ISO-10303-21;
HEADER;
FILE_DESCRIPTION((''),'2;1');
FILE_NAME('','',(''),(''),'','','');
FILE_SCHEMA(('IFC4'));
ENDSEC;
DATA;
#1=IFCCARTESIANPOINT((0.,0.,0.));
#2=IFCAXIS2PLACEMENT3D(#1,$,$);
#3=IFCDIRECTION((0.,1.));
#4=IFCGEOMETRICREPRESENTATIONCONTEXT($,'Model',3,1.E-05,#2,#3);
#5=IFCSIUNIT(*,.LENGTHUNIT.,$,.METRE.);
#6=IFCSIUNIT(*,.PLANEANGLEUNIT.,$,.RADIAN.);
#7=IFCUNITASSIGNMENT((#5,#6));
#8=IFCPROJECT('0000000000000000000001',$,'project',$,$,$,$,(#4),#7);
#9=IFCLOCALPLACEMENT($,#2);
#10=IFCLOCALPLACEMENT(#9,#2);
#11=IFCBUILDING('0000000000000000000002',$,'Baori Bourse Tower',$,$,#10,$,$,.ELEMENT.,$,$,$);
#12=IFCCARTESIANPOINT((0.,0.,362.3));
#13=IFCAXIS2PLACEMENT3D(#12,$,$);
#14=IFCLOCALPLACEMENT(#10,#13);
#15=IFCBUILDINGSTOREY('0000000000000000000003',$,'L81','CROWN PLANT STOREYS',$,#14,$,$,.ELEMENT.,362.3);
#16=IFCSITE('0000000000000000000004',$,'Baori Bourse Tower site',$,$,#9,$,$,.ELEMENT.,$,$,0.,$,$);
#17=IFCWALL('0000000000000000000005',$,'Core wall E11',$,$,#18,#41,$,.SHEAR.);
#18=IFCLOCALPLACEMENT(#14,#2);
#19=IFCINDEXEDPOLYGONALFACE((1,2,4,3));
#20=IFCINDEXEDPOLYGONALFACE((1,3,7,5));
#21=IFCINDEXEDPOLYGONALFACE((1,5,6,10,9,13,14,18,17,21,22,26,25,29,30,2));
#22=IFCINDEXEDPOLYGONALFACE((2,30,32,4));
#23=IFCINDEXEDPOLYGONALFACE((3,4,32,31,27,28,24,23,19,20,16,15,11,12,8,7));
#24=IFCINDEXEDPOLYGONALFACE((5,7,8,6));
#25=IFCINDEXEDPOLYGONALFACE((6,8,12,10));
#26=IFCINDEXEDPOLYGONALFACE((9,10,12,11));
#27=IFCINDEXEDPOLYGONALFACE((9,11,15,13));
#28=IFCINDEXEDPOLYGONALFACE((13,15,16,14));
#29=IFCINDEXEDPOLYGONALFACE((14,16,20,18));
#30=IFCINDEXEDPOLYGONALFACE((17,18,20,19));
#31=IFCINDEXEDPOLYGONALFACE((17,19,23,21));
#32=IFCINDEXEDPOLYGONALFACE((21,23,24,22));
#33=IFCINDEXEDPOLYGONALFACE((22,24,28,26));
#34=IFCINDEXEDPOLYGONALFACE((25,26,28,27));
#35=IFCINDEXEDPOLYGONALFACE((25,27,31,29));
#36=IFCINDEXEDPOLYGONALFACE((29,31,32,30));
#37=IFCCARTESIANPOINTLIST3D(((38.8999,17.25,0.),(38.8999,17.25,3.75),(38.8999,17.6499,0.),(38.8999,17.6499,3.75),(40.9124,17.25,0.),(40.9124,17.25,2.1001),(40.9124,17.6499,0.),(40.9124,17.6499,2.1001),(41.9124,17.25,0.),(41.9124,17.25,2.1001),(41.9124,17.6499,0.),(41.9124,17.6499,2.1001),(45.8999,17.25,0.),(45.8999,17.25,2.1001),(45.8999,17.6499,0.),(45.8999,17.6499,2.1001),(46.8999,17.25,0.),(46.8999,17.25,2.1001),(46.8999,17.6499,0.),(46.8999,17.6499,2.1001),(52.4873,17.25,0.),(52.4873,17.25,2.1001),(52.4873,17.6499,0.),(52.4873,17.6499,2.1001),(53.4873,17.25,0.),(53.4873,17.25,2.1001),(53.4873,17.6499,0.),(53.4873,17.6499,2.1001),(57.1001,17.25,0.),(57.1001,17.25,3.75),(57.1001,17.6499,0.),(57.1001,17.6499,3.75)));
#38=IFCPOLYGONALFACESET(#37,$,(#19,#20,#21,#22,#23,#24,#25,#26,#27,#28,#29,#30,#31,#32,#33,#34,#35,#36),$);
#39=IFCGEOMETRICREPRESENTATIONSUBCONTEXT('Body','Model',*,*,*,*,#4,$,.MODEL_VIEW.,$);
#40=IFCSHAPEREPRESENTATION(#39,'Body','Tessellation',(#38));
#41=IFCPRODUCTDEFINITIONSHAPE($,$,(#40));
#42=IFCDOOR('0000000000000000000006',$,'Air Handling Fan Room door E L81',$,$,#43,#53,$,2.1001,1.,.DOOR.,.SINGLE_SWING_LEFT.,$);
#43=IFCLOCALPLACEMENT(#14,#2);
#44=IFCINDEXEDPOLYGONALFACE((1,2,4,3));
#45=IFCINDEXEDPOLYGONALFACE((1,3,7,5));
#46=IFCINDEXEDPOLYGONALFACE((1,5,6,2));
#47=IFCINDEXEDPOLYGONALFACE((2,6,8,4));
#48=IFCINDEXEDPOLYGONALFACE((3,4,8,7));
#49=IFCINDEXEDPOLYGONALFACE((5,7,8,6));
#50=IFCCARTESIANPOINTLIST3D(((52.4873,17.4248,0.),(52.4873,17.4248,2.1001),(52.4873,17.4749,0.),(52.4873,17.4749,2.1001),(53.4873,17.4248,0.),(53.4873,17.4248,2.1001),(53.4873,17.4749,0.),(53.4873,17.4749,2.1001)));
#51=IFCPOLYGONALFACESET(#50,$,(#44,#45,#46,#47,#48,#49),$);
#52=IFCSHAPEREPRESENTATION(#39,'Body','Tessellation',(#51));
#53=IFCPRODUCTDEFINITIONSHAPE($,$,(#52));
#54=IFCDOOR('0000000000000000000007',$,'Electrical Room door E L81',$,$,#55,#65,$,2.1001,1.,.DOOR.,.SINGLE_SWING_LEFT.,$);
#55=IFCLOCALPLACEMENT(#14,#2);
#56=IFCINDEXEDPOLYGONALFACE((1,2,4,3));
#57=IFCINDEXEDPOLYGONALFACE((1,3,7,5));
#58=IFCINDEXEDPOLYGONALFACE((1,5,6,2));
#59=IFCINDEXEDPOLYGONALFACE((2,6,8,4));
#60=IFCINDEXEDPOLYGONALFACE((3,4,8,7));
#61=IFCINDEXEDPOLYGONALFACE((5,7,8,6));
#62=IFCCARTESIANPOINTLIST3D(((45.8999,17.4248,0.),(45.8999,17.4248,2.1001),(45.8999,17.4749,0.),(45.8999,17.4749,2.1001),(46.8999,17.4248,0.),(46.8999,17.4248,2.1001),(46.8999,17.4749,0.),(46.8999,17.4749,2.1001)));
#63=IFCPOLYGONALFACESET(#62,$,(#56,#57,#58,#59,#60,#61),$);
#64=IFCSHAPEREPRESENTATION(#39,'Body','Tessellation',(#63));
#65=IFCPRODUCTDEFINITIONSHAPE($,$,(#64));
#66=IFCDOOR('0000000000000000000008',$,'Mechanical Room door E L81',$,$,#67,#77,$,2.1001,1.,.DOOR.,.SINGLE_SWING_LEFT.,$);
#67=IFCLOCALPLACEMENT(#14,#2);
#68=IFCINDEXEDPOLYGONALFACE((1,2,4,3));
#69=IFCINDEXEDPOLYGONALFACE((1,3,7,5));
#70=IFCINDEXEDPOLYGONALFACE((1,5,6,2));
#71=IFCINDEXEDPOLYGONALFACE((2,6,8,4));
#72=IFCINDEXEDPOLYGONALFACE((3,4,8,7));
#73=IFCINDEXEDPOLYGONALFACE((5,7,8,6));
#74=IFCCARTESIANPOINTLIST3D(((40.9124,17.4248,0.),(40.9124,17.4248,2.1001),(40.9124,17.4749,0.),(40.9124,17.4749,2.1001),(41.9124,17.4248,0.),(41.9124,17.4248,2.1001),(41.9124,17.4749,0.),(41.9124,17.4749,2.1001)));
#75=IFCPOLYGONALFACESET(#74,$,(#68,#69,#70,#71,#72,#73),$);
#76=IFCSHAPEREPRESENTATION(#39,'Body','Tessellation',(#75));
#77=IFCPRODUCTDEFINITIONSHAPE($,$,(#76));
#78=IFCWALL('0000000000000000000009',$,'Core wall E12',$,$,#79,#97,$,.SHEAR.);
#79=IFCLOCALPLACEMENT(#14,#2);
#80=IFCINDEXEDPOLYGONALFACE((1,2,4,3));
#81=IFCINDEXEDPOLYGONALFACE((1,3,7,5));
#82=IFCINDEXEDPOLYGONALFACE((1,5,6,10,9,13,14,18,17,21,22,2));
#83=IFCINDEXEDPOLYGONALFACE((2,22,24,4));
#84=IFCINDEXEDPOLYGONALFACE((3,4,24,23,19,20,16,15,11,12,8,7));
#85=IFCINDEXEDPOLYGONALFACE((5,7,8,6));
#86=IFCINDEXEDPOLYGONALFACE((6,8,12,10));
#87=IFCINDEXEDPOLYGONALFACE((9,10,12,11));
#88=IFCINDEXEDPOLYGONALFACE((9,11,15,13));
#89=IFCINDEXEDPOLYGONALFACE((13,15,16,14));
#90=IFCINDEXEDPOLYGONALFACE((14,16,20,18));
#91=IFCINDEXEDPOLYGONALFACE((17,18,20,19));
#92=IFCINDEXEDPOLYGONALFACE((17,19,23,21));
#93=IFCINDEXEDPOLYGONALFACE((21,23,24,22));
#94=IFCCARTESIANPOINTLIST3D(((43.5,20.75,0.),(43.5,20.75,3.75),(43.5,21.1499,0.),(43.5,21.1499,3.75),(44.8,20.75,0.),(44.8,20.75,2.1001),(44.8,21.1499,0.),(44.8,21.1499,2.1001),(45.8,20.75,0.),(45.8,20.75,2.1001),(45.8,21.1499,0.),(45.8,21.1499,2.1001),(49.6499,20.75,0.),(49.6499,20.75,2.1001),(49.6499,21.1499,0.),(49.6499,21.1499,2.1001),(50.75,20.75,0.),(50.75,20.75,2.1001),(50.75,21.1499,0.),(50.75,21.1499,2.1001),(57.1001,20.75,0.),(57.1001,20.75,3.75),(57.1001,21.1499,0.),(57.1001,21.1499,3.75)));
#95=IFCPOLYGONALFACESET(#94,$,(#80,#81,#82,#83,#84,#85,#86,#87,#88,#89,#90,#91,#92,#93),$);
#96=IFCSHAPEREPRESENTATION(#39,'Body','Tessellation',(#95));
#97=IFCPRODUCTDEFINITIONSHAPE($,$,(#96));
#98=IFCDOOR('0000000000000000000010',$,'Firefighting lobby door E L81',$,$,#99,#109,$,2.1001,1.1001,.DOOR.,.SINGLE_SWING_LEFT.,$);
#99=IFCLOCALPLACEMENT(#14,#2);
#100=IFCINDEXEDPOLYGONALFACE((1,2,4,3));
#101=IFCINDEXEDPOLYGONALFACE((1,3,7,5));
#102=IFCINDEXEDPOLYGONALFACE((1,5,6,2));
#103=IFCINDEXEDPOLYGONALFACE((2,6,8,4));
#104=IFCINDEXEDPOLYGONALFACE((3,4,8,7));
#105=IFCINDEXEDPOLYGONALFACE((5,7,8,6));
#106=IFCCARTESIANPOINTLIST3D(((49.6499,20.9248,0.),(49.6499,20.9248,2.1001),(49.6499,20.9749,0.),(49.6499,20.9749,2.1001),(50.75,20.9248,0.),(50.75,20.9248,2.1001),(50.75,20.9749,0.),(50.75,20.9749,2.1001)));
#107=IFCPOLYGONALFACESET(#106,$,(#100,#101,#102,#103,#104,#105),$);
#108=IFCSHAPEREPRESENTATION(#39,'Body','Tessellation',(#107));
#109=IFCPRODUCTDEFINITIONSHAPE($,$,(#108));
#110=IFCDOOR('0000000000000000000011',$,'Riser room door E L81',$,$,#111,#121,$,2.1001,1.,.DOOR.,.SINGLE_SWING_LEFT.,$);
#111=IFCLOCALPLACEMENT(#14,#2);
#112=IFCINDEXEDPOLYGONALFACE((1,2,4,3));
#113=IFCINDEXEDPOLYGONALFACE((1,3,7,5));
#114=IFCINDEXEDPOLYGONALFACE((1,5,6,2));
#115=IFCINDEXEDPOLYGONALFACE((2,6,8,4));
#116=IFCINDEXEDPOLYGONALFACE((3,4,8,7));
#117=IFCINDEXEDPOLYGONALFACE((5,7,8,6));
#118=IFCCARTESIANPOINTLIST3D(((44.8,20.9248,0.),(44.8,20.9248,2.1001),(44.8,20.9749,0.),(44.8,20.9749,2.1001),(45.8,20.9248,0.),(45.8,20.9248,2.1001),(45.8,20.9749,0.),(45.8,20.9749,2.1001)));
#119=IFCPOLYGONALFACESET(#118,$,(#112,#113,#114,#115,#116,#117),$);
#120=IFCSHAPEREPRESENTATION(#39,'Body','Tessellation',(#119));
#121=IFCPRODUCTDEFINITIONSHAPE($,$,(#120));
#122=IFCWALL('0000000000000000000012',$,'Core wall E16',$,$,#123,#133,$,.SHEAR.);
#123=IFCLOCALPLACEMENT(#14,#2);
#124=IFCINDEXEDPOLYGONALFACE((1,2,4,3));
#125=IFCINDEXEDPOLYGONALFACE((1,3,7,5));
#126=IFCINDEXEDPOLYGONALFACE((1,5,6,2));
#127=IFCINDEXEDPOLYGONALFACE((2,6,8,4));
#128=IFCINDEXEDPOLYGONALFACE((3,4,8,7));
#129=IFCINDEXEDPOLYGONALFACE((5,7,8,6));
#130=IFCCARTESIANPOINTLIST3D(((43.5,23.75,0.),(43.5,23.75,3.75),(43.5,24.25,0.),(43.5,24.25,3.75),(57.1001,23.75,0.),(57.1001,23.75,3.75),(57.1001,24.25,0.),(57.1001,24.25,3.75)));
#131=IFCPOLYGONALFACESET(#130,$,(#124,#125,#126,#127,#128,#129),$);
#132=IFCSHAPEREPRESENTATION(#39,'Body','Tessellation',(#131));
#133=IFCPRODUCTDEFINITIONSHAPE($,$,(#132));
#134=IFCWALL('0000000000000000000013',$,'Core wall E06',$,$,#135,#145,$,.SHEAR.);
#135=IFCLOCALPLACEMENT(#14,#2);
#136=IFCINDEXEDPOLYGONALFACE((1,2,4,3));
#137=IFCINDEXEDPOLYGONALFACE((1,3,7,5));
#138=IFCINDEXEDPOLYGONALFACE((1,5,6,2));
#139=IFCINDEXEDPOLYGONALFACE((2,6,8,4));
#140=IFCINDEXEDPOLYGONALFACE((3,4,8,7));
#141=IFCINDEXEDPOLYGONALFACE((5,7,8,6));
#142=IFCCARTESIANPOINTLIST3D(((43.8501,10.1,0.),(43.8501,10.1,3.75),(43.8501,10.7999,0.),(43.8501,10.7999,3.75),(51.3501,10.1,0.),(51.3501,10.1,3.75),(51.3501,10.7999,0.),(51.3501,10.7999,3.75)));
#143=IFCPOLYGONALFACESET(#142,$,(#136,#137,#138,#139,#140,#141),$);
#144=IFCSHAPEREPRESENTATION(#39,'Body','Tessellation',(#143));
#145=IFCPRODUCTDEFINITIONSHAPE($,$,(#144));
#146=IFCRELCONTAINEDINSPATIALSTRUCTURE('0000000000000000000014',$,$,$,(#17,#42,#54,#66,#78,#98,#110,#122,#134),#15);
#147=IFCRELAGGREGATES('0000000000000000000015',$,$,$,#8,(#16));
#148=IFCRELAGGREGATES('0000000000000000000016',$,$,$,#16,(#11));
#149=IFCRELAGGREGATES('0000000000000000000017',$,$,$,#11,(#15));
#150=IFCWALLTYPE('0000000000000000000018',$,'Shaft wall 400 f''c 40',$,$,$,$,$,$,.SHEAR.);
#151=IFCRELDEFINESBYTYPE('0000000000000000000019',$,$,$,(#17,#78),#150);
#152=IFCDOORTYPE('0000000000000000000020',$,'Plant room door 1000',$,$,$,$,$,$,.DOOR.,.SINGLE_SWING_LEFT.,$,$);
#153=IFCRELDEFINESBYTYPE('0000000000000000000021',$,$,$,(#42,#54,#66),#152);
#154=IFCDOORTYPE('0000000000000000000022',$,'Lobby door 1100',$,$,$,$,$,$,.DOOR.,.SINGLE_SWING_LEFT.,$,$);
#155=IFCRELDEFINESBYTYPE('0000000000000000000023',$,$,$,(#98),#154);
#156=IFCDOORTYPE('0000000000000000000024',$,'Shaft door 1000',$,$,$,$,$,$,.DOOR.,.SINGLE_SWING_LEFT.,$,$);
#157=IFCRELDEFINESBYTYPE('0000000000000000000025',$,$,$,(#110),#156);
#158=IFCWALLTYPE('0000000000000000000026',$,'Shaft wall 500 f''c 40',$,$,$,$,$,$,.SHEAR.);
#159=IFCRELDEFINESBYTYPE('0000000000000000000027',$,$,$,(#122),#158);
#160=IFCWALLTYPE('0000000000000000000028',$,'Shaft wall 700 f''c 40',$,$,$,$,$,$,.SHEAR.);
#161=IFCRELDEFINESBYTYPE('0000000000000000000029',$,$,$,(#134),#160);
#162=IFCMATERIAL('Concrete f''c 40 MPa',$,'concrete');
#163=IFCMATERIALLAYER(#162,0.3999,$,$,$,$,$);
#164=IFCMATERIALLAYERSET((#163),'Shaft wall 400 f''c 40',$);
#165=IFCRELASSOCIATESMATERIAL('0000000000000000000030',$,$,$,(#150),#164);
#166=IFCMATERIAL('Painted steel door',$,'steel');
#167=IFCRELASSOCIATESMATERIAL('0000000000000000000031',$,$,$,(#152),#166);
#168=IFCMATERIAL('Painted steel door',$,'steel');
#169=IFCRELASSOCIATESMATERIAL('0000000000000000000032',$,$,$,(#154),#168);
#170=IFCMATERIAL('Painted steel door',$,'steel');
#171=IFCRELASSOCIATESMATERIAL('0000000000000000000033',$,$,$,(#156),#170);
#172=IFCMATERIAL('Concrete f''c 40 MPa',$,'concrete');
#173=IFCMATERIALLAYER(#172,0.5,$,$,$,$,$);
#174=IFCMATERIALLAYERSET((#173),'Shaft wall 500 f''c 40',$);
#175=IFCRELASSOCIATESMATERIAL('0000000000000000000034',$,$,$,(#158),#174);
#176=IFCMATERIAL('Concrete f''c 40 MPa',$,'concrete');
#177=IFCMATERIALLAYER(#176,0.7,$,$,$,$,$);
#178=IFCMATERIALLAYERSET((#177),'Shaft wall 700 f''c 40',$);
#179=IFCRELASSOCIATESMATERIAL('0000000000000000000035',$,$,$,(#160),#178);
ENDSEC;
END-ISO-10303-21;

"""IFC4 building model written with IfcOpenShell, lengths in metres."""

from ifc_helpers import new_model, si_unit, direction, frame, frame_2d, origin, place, context, subcontext, project, spatial, rectangle, extrude, material, layer, layer_set, type_object, element, fill, save


model = new_model("IFC4")

# Units and contexts
model_context = context("Model", 3, precision=1e-05, world=origin(), true_north=direction((0.0, 1.0)))
body_context = subcontext(model_context, "Body", "Model", "MODEL_VIEW")
ifc_project = project(units=[si_unit("LENGTHUNIT", "METRE"), si_unit("PLANEANGLEUNIT", "RADIAN")], contexts=[model_context])

# Site, building, storey
site_placement = place(None, origin())
site = spatial("IfcSite", under=ifc_project, at=site_placement, Name="Baori Bourse Tower site", CompositionType="ELEMENT", RefElevation=0.0)
building_placement = place(site_placement, origin())
building = spatial("IfcBuilding", under=site, at=building_placement, Name="Baori Bourse Tower", CompositionType="ELEMENT")
storey_placement = place(building_placement, frame((0.0, 0.0, 362.3)))
storey = spatial("IfcBuildingStorey", under=building, at=storey_placement, Name="L81", Description="CROWN PLANT STOREYS", CompositionType="ELEMENT", Elevation=362.3)

# Walls, openings, doors
ifc_material_1 = material(Name="Concrete f'c 40 MPa", Category="concrete")
ifc_layer_1 = layer(ifc_material_1, 0.3999)
ifc_layer_set_1 = layer_set([ifc_layer_1], Name="Shaft wall 400 f'c 40")
wall_type_1 = type_object("IfcWallType", Name="Shaft wall 400 f'c 40", PredefinedType="SHEAR", material=ifc_layer_set_1)
wall_1_placement = place(storey_placement, frame((38.8999, 17.45, 0.0), z_axis=(0.0, 0.0, 1.0), x_axis=(1.0, 0.0, 0.0)))
wall_1 = element("IfcWall", 1, at=wall_1_placement, inside=storey, type_object=wall_type_1, Name="Core wall E11", PredefinedType="SHEAR", context=body_context, shape_type="SweptSolid", body=[
    extrude(rectangle(XDim=18.2002, YDim=0.3999, at=frame_2d((9.1001, 0.0))), origin(), (0.0, 0.0, 1.0), 3.75),
])
opening_1_placement = place(wall_1_placement, frame((13.5874, 0.0, 0.0)))
opening_1 = element("IfcOpeningElement", 2, at=opening_1_placement, cuts=wall_1, PredefinedType="OPENING", context=body_context, shape_type="SweptSolid", body=[
    extrude(rectangle(XDim=1.0, YDim=2.1001, at=frame_2d((0.5, 1.05))), frame((0.0, 0.21, 0.0), z_axis=(0.0, -1.0, 0.0), x_axis=(1.0, 0.0, 0.0)), (0.0, 0.0, 1.0), 0.4199),
])
opening_2_placement = place(wall_1_placement, frame((7.0, 0.0, 0.0)))
opening_2 = element("IfcOpeningElement", 3, at=opening_2_placement, cuts=wall_1, PredefinedType="OPENING", context=body_context, shape_type="SweptSolid", body=[
    extrude(rectangle(XDim=1.0, YDim=2.1001, at=frame_2d((0.5, 1.05))), frame((0.0, 0.21, 0.0), z_axis=(0.0, -1.0, 0.0), x_axis=(1.0, 0.0, 0.0)), (0.0, 0.0, 1.0), 0.4199),
])
opening_3_placement = place(wall_1_placement, frame((2.0125, 0.0, 0.0)))
opening_3 = element("IfcOpeningElement", 4, at=opening_3_placement, cuts=wall_1, PredefinedType="OPENING", context=body_context, shape_type="SweptSolid", body=[
    extrude(rectangle(XDim=1.0, YDim=2.1001, at=frame_2d((0.5, 1.05))), frame((0.0, 0.21, 0.0), z_axis=(0.0, -1.0, 0.0), x_axis=(1.0, 0.0, 0.0)), (0.0, 0.0, 1.0), 0.4199),
])
ifc_material_2 = material(Name="Painted steel door", Category="steel")
door_type_1 = type_object("IfcDoorType", Name="Plant room door 1000", OperationType="SINGLE_SWING_LEFT", PredefinedType="DOOR", material=ifc_material_2)
door_1_placement = place(opening_1_placement, origin())
door_1 = element("IfcDoor", 5, at=door_1_placement, inside=storey, type_object=door_type_1, Name="Air Handling Fan Room door E L81", OperationType="SINGLE_SWING_LEFT", OverallHeight=2.1001, OverallWidth=1.0, PredefinedType="DOOR", context=body_context, shape_type="SweptSolid", body=[
    extrude(rectangle(XDim=1.0, YDim=2.1001, at=frame_2d((0.5, 1.05))), frame((0.0, 0.0249, 0.0), z_axis=(0.0, -1.0, 0.0), x_axis=(1.0, 0.0, 0.0)), (0.0, 0.0, 1.0), 0.05),
])
fill(opening_1, door_1)
door_2_placement = place(opening_2_placement, origin())
door_2 = element("IfcDoor", 6, at=door_2_placement, inside=storey, type_object=door_type_1, Name="Electrical Room door E L81", OperationType="SINGLE_SWING_LEFT", OverallHeight=2.1001, OverallWidth=1.0, PredefinedType="DOOR", context=body_context, shape_type="SweptSolid", body=[
    extrude(rectangle(XDim=1.0, YDim=2.1001, at=frame_2d((0.5, 1.05))), frame((0.0, 0.0249, 0.0), z_axis=(0.0, -1.0, 0.0), x_axis=(1.0, 0.0, 0.0)), (0.0, 0.0, 1.0), 0.05),
])
fill(opening_2, door_2)
door_3_placement = place(opening_3_placement, origin())
door_3 = element("IfcDoor", 7, at=door_3_placement, inside=storey, type_object=door_type_1, Name="Mechanical Room door E L81", OperationType="SINGLE_SWING_LEFT", OverallHeight=2.1001, OverallWidth=1.0, PredefinedType="DOOR", context=body_context, shape_type="SweptSolid", body=[
    extrude(rectangle(XDim=1.0, YDim=2.1001, at=frame_2d((0.5, 1.05))), frame((0.0, 0.0249, 0.0), z_axis=(0.0, -1.0, 0.0), x_axis=(1.0, 0.0, 0.0)), (0.0, 0.0, 1.0), 0.05),
])
fill(opening_3, door_3)
wall_2_placement = place(storey_placement, frame((43.5, 20.95, 0.0), z_axis=(0.0, 0.0, 1.0), x_axis=(1.0, 0.0, 0.0)))
wall_2 = element("IfcWall", 8, at=wall_2_placement, inside=storey, type_object=wall_type_1, Name="Core wall E12", PredefinedType="SHEAR", context=body_context, shape_type="SweptSolid", body=[
    extrude(rectangle(XDim=13.6001, YDim=0.3999, at=frame_2d((6.8, 0.0))), origin(), (0.0, 0.0, 1.0), 3.75),
])
opening_4_placement = place(wall_2_placement, frame((6.1499, 0.0, 0.0)))
opening_4 = element("IfcOpeningElement", 9, at=opening_4_placement, cuts=wall_2, PredefinedType="OPENING", context=body_context, shape_type="SweptSolid", body=[
    extrude(rectangle(XDim=1.1001, YDim=2.1001, at=frame_2d((0.55, 1.05))), frame((0.0, 0.21, 0.0), z_axis=(0.0, -1.0, 0.0), x_axis=(1.0, 0.0, 0.0)), (0.0, 0.0, 1.0), 0.4199),
])
opening_5_placement = place(wall_2_placement, frame((1.3, 0.0, 0.0)))
opening_5 = element("IfcOpeningElement", 10, at=opening_5_placement, cuts=wall_2, PredefinedType="OPENING", context=body_context, shape_type="SweptSolid", body=[
    extrude(rectangle(XDim=1.0, YDim=2.1001, at=frame_2d((0.5, 1.05))), frame((0.0, 0.21, 0.0), z_axis=(0.0, -1.0, 0.0), x_axis=(1.0, 0.0, 0.0)), (0.0, 0.0, 1.0), 0.4199),
])
ifc_material_3 = material(Name="Painted steel door", Category="steel")
door_type_2 = type_object("IfcDoorType", Name="Lobby door 1100", OperationType="SINGLE_SWING_LEFT", PredefinedType="DOOR", material=ifc_material_3)
door_4_placement = place(opening_4_placement, origin())
door_4 = element("IfcDoor", 11, at=door_4_placement, inside=storey, type_object=door_type_2, Name="Firefighting lobby door E L81", OperationType="SINGLE_SWING_LEFT", OverallHeight=2.1001, OverallWidth=1.1001, PredefinedType="DOOR", context=body_context, shape_type="SweptSolid", body=[
    extrude(rectangle(XDim=1.1001, YDim=2.1001, at=frame_2d((0.55, 1.05))), frame((0.0, 0.0249, 0.0), z_axis=(0.0, -1.0, 0.0), x_axis=(1.0, 0.0, 0.0)), (0.0, 0.0, 1.0), 0.05),
])
fill(opening_4, door_4)
ifc_material_4 = material(Name="Painted steel door", Category="steel")
door_type_3 = type_object("IfcDoorType", Name="Shaft door 1000", OperationType="SINGLE_SWING_LEFT", PredefinedType="DOOR", material=ifc_material_4)
door_5_placement = place(opening_5_placement, origin())
door_5 = element("IfcDoor", 12, at=door_5_placement, inside=storey, type_object=door_type_3, Name="Riser room door E L81", OperationType="SINGLE_SWING_LEFT", OverallHeight=2.1001, OverallWidth=1.0, PredefinedType="DOOR", context=body_context, shape_type="SweptSolid", body=[
    extrude(rectangle(XDim=1.0, YDim=2.1001, at=frame_2d((0.5, 1.05))), frame((0.0, 0.0249, 0.0), z_axis=(0.0, -1.0, 0.0), x_axis=(1.0, 0.0, 0.0)), (0.0, 0.0, 1.0), 0.05),
])
fill(opening_5, door_5)

# Walls
ifc_material_5 = material(Name="Concrete f'c 40 MPa", Category="concrete")
ifc_layer_2 = layer(ifc_material_5, 0.5)
ifc_layer_set_2 = layer_set([ifc_layer_2], Name="Shaft wall 500 f'c 40")
wall_type_2 = type_object("IfcWallType", Name="Shaft wall 500 f'c 40", PredefinedType="SHEAR", material=ifc_layer_set_2)
wall_3_placement = place(storey_placement, frame((43.5, 24.0, 0.0), z_axis=(0.0, 0.0, 1.0), x_axis=(1.0, 0.0, 0.0)))
element("IfcWall", 13, at=wall_3_placement, inside=storey, type_object=wall_type_2, Name="Core wall E16", PredefinedType="SHEAR", context=body_context, shape_type="SweptSolid", body=[
    extrude(rectangle(XDim=13.6001, YDim=0.5, at=frame_2d((6.8, 0.0))), origin(), (0.0, 0.0, 1.0), 3.75),
])
ifc_material_6 = material(Name="Concrete f'c 40 MPa", Category="concrete")
ifc_layer_3 = layer(ifc_material_6, 0.7)
ifc_layer_set_3 = layer_set([ifc_layer_3], Name="Shaft wall 700 f'c 40")
wall_type_3 = type_object("IfcWallType", Name="Shaft wall 700 f'c 40", PredefinedType="SHEAR", material=ifc_layer_set_3)
wall_4_placement = place(storey_placement, frame((43.8501, 10.45, 0.0), z_axis=(0.0, 0.0, 1.0), x_axis=(1.0, 0.0, 0.0)))
element("IfcWall", 14, at=wall_4_placement, inside=storey, type_object=wall_type_3, Name="Core wall E06", PredefinedType="SHEAR", context=body_context, shape_type="SweptSolid", body=[
    extrude(rectangle(XDim=7.5, YDim=0.7, at=frame_2d((3.75, 0.0))), origin(), (0.0, 0.0, 1.0), 3.75),
])

save(model, "model.ifc")
